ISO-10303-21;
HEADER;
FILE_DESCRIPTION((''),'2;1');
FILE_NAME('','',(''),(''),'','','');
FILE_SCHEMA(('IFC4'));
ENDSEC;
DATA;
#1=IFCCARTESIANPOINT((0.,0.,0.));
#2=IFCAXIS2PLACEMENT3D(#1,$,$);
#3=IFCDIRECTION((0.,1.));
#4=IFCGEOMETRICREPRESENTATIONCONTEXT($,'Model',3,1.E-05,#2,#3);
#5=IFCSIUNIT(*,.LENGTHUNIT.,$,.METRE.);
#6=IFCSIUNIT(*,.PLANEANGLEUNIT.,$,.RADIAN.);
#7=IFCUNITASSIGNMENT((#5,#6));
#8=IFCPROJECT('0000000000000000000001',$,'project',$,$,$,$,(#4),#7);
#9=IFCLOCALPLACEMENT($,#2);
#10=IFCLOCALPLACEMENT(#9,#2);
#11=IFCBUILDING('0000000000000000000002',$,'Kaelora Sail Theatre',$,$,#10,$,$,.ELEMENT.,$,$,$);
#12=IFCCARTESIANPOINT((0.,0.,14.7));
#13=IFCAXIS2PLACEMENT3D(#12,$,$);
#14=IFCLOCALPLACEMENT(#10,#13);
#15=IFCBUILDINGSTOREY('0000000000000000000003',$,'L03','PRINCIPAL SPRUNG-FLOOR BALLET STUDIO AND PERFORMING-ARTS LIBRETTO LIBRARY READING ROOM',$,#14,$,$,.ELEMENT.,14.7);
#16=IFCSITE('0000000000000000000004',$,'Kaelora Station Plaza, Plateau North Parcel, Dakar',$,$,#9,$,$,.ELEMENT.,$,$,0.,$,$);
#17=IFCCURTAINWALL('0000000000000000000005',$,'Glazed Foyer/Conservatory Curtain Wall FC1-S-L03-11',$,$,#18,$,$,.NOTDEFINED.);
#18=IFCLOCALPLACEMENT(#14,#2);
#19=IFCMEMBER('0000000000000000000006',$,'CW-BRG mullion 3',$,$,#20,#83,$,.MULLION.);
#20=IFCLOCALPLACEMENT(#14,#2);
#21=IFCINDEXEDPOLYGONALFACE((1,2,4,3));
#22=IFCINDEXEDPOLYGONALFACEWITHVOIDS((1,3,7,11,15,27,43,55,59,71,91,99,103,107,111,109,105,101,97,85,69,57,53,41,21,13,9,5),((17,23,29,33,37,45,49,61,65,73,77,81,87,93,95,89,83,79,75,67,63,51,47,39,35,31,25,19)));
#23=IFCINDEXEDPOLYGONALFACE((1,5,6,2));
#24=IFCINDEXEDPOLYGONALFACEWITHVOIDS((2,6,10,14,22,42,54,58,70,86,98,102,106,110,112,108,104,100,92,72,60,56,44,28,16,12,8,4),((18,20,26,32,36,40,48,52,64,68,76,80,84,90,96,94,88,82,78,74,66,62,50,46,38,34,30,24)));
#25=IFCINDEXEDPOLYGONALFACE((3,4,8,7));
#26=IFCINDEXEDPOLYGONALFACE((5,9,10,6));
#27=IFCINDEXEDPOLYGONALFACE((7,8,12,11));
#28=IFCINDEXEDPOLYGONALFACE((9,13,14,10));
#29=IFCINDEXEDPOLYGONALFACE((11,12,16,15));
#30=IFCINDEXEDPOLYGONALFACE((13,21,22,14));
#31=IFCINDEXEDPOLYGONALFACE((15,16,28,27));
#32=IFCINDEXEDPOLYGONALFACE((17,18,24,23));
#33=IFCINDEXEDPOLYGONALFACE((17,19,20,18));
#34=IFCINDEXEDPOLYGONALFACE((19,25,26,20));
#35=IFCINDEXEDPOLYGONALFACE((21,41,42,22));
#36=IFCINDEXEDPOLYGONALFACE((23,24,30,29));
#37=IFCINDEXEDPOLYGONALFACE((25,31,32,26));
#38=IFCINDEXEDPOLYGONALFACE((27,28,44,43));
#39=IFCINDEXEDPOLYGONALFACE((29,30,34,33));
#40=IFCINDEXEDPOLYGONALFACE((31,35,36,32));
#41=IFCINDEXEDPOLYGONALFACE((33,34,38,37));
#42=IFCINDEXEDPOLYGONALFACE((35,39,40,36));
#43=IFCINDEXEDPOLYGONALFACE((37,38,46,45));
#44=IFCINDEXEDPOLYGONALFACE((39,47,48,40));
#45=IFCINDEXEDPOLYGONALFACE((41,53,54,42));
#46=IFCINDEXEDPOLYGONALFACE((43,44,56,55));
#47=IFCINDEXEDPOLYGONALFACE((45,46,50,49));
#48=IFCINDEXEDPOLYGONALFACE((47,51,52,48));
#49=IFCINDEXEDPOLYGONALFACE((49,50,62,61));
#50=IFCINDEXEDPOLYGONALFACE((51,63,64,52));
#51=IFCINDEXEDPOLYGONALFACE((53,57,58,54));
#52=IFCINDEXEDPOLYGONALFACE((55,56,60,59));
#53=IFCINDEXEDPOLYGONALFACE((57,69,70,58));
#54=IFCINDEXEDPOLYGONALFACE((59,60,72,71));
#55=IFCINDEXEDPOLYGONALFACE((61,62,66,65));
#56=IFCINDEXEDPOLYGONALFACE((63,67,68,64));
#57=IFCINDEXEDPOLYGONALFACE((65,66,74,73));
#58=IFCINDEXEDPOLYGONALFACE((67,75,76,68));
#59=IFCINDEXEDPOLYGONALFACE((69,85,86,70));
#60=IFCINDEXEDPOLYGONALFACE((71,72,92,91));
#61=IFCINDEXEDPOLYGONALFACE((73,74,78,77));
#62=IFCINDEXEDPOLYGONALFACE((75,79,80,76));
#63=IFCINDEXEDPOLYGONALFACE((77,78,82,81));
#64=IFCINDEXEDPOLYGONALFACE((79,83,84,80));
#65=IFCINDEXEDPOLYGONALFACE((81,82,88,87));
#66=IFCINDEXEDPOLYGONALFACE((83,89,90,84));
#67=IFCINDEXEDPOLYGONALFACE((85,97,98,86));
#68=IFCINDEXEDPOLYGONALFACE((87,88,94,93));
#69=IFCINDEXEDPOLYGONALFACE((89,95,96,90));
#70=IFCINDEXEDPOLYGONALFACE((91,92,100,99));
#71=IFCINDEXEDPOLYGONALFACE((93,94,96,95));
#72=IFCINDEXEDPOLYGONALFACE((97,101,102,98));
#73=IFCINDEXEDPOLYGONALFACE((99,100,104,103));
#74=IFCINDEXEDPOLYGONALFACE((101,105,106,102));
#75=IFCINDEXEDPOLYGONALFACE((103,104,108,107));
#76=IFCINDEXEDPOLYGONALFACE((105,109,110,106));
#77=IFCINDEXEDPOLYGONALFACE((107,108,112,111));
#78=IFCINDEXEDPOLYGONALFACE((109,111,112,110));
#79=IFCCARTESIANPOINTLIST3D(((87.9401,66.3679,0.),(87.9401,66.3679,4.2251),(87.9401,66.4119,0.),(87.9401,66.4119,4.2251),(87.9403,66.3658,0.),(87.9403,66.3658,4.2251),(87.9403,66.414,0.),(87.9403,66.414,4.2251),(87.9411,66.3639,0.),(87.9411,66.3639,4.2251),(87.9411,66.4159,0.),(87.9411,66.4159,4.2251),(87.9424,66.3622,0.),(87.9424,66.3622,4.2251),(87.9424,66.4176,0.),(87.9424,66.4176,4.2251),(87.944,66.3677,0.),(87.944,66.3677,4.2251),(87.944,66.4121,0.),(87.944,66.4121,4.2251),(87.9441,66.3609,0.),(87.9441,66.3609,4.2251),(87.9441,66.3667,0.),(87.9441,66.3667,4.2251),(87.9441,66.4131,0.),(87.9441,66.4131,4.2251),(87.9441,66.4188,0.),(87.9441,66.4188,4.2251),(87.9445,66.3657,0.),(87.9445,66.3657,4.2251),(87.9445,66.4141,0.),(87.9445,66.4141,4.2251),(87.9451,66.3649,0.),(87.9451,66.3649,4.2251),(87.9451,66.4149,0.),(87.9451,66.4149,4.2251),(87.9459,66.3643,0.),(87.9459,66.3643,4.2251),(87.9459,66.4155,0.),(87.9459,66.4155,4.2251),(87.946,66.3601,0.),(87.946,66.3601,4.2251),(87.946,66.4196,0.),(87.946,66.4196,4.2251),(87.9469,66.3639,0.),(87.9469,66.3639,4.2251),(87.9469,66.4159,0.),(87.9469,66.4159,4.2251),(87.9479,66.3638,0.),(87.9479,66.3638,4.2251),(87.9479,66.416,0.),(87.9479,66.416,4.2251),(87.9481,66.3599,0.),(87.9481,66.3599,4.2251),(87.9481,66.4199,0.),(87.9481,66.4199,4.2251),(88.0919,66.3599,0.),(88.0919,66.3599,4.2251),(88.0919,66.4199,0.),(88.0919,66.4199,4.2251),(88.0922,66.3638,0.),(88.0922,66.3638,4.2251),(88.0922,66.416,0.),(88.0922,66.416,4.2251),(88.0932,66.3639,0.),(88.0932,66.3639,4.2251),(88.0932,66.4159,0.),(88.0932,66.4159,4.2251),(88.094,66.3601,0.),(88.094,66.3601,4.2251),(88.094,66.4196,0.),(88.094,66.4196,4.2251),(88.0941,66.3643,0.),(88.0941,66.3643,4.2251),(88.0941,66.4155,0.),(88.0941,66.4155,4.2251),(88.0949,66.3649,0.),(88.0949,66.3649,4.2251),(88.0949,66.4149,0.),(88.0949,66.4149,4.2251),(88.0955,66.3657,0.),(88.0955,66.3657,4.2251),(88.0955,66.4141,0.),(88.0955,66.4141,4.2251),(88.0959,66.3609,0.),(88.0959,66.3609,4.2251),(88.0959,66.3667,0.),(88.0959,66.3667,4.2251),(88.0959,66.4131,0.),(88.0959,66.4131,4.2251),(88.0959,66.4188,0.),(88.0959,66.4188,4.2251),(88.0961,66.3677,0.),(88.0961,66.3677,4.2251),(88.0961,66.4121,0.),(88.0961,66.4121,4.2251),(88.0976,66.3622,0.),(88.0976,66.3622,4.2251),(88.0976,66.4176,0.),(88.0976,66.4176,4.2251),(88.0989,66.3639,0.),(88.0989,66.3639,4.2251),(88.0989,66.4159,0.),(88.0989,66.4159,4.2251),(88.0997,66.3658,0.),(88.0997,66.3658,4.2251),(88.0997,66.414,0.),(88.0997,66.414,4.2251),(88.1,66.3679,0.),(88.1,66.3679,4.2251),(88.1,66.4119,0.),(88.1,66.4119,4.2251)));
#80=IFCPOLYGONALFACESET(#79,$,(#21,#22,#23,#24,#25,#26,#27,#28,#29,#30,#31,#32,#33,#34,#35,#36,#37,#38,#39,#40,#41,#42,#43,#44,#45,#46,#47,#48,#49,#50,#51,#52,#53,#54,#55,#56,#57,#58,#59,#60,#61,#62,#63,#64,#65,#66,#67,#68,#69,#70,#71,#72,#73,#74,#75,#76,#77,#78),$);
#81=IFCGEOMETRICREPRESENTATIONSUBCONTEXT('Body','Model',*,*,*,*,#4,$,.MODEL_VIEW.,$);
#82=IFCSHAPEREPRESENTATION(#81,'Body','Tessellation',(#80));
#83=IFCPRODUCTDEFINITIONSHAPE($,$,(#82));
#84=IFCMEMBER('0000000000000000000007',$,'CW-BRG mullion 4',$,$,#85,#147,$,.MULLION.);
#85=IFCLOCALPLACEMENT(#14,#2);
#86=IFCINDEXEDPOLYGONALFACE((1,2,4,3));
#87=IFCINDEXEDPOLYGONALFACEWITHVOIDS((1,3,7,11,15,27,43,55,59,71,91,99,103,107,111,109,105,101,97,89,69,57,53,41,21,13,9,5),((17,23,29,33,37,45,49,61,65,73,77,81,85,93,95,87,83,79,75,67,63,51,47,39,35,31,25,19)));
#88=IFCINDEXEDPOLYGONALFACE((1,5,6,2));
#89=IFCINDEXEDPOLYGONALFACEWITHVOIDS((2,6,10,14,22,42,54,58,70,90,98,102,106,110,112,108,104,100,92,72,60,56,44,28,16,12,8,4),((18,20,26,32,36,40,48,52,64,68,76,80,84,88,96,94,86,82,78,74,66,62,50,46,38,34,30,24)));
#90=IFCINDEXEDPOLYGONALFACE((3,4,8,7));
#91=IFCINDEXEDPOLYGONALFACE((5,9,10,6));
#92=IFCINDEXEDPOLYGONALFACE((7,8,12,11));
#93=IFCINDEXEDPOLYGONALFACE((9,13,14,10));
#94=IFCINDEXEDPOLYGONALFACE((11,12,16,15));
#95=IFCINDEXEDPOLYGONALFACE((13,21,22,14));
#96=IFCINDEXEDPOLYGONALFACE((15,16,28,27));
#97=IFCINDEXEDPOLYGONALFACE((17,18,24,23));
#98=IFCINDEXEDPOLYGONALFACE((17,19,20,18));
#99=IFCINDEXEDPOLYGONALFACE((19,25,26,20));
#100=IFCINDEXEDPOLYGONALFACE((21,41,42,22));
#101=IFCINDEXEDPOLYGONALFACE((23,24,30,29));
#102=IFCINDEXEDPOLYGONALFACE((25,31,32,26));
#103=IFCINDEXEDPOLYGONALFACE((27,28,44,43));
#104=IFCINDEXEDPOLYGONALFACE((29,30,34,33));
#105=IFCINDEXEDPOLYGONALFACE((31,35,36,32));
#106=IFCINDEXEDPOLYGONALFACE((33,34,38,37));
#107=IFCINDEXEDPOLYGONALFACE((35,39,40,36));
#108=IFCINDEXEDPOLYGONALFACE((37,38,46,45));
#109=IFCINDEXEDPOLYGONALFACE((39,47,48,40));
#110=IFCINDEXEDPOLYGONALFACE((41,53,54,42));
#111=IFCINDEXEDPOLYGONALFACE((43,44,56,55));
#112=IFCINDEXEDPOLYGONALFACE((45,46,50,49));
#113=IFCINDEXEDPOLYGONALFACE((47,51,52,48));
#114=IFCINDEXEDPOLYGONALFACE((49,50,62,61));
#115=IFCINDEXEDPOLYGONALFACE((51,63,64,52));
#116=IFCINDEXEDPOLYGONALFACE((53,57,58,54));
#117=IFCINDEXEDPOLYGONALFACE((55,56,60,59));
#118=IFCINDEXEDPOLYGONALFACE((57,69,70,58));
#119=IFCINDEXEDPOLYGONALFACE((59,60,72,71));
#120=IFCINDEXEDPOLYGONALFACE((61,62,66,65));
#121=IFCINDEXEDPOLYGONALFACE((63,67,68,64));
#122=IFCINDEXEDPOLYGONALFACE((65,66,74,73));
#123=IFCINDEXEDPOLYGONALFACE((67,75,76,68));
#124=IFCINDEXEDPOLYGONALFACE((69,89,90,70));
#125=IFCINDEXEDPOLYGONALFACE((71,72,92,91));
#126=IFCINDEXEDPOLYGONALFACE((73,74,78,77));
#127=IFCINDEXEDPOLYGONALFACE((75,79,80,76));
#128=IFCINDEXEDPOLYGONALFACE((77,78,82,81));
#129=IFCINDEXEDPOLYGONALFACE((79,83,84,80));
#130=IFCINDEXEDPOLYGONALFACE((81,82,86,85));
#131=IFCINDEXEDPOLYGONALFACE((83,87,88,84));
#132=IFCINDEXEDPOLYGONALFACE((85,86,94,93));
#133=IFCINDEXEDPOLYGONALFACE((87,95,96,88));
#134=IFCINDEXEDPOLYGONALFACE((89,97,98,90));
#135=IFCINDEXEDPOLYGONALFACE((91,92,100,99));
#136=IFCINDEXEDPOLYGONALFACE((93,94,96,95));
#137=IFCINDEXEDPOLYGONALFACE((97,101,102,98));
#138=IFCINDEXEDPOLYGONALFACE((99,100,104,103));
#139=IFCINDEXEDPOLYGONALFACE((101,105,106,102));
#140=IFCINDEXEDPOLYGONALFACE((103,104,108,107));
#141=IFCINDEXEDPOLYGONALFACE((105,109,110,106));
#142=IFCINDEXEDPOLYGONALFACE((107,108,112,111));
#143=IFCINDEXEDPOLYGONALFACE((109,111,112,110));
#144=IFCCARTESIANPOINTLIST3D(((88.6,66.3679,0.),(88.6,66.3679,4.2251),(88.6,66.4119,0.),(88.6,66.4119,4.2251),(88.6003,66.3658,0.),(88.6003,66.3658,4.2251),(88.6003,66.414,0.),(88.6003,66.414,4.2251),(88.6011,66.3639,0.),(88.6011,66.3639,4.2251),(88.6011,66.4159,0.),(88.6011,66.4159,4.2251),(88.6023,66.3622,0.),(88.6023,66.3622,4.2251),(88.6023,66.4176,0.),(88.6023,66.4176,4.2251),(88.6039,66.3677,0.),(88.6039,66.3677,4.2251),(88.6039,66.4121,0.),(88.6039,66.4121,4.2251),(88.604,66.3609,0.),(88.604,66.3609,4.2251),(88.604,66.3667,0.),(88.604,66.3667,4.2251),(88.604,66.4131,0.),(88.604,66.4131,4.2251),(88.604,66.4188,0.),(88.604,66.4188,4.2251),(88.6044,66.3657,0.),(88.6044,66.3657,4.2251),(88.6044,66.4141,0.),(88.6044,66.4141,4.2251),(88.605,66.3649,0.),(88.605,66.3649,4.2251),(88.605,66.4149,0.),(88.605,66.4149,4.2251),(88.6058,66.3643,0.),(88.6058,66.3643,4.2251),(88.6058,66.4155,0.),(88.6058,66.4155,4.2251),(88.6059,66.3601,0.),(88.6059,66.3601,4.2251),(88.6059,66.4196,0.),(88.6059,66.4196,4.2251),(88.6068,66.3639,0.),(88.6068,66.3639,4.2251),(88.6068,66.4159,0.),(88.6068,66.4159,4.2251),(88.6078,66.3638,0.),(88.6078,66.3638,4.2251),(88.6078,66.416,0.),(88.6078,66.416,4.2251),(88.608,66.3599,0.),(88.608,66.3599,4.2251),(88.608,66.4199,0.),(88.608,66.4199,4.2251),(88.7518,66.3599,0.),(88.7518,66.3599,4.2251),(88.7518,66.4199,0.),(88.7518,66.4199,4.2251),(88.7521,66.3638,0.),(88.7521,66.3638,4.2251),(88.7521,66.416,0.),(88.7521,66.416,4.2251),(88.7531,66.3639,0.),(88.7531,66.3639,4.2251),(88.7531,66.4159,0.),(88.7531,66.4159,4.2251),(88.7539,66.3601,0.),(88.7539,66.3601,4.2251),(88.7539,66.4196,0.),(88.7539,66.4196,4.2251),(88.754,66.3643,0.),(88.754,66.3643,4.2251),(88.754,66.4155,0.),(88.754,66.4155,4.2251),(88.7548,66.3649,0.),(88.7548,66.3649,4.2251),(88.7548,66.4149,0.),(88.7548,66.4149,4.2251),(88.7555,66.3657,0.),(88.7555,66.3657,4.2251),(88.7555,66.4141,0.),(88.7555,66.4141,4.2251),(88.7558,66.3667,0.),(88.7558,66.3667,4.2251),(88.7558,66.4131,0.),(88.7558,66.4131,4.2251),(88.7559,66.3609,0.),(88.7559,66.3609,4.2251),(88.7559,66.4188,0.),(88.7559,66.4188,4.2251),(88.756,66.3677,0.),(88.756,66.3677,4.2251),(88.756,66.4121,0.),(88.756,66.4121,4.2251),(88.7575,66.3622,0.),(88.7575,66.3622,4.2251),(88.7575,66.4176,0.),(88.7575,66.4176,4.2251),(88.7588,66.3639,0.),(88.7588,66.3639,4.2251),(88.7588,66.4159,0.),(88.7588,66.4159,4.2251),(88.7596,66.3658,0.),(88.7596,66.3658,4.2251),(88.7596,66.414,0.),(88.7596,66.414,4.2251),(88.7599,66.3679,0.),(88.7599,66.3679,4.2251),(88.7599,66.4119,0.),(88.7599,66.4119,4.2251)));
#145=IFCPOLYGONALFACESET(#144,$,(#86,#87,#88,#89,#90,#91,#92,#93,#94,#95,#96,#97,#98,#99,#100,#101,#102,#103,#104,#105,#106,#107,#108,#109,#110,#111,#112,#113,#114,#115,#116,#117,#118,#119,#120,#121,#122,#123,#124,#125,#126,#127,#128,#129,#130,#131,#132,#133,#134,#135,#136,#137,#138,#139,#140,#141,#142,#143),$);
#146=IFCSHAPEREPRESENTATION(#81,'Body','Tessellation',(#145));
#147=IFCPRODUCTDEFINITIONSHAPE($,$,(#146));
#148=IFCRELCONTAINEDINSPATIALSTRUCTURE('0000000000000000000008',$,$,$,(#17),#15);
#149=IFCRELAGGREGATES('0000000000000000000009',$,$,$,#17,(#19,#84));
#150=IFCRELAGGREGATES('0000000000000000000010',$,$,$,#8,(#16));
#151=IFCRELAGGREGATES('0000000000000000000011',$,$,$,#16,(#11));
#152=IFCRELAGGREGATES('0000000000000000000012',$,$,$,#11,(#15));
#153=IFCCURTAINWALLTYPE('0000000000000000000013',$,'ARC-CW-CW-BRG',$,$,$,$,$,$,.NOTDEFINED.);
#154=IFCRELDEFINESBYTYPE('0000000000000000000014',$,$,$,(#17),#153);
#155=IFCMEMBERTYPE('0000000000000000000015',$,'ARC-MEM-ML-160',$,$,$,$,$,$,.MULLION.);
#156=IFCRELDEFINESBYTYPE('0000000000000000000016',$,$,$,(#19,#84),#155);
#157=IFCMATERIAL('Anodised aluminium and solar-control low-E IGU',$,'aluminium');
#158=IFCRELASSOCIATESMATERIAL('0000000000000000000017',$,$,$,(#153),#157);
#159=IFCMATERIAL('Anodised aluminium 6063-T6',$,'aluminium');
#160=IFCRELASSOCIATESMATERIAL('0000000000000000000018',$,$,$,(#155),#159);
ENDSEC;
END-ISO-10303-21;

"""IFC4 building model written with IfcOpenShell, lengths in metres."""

from ifc_helpers import new_model, si_unit, direction, frame, origin, origin_2d, place, context, subcontext, project, spatial, hollow_rectangle, extrude, material, material_profile, profile_set, type_object, element, aggregate, save


model = new_model("IFC4")

# Units and contexts
model_context = context("Model", 3, precision=1e-05, world=origin(), true_north=direction((0.0, 1.0)))
body_context = subcontext(model_context, "Body", "Model", "MODEL_VIEW")
ifc_project = project(units=[si_unit("LENGTHUNIT", "METRE"), si_unit("PLANEANGLEUNIT", "RADIAN")], contexts=[model_context])

# Site, building, storey
site_placement = place(None, origin())
site = spatial("IfcSite", under=ifc_project, at=site_placement, Name="Kaelora Station Plaza, Plateau North Parcel, Dakar", CompositionType="ELEMENT", RefElevation=0.0)
building_placement = place(site_placement, origin())
building = spatial("IfcBuilding", under=site, at=building_placement, Name="Kaelora Sail Theatre", CompositionType="ELEMENT")
storey_placement = place(building_placement, frame((0.0, 0.0, 14.7)))
storey = spatial("IfcBuildingStorey", under=building, at=storey_placement, Name="L03", Description="PRINCIPAL SPRUNG-FLOOR BALLET STUDIO AND PERFORMING-ARTS LIBRETTO LIBRARY READING ROOM", CompositionType="ELEMENT", Elevation=14.7)

# Curtain wall, members
ifc_material_1 = material(Name="Anodised aluminium and solar-control low-E IGU", Category="aluminium")
curtain_wall_type = type_object("IfcCurtainWallType", Name="ARC-CW-CW-BRG", PredefinedType="NOTDEFINED", material=ifc_material_1)
curtain_wall_placement = place(storey_placement, origin())
curtain_wall = element("IfcCurtainWall", 1, at=curtain_wall_placement, inside=storey, type_object=curtain_wall_type, Name="Glazed Foyer/Conservatory Curtain Wall FC1-S-L03-11", PredefinedType="NOTDEFINED")
ifc_material_2 = material(Name="Anodised aluminium 6063-T6", Category="aluminium")
ifc_material_profile_1 = material_profile(ifc_material_2, hollow_rectangle(XDim=0.0601, YDim=0.1599, WallThickness=0.0039, InnerFilletRadius=0.0039, OuterFilletRadius=0.0081, at=origin_2d()), Name="ALU-MULL 60x160x4")
ifc_profile_set_1 = profile_set([ifc_material_profile_1], Name="Anodised aluminium 6063-T6")
member_type_1 = type_object("IfcMemberType", Name="ARC-MEM-ML-160", PredefinedType="MULLION", material=ifc_profile_set_1)
member_1_placement = place(storey_placement, frame((88.02, 66.3899, 0.0), z_axis=(0.0, 0.0, 1.0), x_axis=(0.0, 1.0, 0.0)))
member_1 = element("IfcMember", 2, at=member_1_placement, type_object=member_type_1, Name="CW-BRG mullion 3", PredefinedType="MULLION", context=body_context, shape_type="SweptSolid", body=[
    extrude(hollow_rectangle(XDim=0.0601, YDim=0.1599, WallThickness=0.0039, InnerFilletRadius=0.0039, OuterFilletRadius=0.0081, at=origin_2d()), origin(), (0.0, 0.0, 1.0), 4.2251),
])
member_2_placement = place(storey_placement, frame((88.6799, 66.3899, 0.0), z_axis=(0.0, 0.0, 1.0), x_axis=(0.0, 1.0, 0.0)))
member_2 = element("IfcMember", 3, at=member_2_placement, type_object=member_type_1, Name="CW-BRG mullion 4", PredefinedType="MULLION", context=body_context, shape_type="SweptSolid", body=[
    extrude(hollow_rectangle(XDim=0.0601, YDim=0.1599, WallThickness=0.0039, InnerFilletRadius=0.0039, OuterFilletRadius=0.0081, at=origin_2d()), origin(), (0.0, 0.0, 1.0), 4.2251),
])
aggregate(curtain_wall, [member_1, member_2])

save(model, "model.ifc")
